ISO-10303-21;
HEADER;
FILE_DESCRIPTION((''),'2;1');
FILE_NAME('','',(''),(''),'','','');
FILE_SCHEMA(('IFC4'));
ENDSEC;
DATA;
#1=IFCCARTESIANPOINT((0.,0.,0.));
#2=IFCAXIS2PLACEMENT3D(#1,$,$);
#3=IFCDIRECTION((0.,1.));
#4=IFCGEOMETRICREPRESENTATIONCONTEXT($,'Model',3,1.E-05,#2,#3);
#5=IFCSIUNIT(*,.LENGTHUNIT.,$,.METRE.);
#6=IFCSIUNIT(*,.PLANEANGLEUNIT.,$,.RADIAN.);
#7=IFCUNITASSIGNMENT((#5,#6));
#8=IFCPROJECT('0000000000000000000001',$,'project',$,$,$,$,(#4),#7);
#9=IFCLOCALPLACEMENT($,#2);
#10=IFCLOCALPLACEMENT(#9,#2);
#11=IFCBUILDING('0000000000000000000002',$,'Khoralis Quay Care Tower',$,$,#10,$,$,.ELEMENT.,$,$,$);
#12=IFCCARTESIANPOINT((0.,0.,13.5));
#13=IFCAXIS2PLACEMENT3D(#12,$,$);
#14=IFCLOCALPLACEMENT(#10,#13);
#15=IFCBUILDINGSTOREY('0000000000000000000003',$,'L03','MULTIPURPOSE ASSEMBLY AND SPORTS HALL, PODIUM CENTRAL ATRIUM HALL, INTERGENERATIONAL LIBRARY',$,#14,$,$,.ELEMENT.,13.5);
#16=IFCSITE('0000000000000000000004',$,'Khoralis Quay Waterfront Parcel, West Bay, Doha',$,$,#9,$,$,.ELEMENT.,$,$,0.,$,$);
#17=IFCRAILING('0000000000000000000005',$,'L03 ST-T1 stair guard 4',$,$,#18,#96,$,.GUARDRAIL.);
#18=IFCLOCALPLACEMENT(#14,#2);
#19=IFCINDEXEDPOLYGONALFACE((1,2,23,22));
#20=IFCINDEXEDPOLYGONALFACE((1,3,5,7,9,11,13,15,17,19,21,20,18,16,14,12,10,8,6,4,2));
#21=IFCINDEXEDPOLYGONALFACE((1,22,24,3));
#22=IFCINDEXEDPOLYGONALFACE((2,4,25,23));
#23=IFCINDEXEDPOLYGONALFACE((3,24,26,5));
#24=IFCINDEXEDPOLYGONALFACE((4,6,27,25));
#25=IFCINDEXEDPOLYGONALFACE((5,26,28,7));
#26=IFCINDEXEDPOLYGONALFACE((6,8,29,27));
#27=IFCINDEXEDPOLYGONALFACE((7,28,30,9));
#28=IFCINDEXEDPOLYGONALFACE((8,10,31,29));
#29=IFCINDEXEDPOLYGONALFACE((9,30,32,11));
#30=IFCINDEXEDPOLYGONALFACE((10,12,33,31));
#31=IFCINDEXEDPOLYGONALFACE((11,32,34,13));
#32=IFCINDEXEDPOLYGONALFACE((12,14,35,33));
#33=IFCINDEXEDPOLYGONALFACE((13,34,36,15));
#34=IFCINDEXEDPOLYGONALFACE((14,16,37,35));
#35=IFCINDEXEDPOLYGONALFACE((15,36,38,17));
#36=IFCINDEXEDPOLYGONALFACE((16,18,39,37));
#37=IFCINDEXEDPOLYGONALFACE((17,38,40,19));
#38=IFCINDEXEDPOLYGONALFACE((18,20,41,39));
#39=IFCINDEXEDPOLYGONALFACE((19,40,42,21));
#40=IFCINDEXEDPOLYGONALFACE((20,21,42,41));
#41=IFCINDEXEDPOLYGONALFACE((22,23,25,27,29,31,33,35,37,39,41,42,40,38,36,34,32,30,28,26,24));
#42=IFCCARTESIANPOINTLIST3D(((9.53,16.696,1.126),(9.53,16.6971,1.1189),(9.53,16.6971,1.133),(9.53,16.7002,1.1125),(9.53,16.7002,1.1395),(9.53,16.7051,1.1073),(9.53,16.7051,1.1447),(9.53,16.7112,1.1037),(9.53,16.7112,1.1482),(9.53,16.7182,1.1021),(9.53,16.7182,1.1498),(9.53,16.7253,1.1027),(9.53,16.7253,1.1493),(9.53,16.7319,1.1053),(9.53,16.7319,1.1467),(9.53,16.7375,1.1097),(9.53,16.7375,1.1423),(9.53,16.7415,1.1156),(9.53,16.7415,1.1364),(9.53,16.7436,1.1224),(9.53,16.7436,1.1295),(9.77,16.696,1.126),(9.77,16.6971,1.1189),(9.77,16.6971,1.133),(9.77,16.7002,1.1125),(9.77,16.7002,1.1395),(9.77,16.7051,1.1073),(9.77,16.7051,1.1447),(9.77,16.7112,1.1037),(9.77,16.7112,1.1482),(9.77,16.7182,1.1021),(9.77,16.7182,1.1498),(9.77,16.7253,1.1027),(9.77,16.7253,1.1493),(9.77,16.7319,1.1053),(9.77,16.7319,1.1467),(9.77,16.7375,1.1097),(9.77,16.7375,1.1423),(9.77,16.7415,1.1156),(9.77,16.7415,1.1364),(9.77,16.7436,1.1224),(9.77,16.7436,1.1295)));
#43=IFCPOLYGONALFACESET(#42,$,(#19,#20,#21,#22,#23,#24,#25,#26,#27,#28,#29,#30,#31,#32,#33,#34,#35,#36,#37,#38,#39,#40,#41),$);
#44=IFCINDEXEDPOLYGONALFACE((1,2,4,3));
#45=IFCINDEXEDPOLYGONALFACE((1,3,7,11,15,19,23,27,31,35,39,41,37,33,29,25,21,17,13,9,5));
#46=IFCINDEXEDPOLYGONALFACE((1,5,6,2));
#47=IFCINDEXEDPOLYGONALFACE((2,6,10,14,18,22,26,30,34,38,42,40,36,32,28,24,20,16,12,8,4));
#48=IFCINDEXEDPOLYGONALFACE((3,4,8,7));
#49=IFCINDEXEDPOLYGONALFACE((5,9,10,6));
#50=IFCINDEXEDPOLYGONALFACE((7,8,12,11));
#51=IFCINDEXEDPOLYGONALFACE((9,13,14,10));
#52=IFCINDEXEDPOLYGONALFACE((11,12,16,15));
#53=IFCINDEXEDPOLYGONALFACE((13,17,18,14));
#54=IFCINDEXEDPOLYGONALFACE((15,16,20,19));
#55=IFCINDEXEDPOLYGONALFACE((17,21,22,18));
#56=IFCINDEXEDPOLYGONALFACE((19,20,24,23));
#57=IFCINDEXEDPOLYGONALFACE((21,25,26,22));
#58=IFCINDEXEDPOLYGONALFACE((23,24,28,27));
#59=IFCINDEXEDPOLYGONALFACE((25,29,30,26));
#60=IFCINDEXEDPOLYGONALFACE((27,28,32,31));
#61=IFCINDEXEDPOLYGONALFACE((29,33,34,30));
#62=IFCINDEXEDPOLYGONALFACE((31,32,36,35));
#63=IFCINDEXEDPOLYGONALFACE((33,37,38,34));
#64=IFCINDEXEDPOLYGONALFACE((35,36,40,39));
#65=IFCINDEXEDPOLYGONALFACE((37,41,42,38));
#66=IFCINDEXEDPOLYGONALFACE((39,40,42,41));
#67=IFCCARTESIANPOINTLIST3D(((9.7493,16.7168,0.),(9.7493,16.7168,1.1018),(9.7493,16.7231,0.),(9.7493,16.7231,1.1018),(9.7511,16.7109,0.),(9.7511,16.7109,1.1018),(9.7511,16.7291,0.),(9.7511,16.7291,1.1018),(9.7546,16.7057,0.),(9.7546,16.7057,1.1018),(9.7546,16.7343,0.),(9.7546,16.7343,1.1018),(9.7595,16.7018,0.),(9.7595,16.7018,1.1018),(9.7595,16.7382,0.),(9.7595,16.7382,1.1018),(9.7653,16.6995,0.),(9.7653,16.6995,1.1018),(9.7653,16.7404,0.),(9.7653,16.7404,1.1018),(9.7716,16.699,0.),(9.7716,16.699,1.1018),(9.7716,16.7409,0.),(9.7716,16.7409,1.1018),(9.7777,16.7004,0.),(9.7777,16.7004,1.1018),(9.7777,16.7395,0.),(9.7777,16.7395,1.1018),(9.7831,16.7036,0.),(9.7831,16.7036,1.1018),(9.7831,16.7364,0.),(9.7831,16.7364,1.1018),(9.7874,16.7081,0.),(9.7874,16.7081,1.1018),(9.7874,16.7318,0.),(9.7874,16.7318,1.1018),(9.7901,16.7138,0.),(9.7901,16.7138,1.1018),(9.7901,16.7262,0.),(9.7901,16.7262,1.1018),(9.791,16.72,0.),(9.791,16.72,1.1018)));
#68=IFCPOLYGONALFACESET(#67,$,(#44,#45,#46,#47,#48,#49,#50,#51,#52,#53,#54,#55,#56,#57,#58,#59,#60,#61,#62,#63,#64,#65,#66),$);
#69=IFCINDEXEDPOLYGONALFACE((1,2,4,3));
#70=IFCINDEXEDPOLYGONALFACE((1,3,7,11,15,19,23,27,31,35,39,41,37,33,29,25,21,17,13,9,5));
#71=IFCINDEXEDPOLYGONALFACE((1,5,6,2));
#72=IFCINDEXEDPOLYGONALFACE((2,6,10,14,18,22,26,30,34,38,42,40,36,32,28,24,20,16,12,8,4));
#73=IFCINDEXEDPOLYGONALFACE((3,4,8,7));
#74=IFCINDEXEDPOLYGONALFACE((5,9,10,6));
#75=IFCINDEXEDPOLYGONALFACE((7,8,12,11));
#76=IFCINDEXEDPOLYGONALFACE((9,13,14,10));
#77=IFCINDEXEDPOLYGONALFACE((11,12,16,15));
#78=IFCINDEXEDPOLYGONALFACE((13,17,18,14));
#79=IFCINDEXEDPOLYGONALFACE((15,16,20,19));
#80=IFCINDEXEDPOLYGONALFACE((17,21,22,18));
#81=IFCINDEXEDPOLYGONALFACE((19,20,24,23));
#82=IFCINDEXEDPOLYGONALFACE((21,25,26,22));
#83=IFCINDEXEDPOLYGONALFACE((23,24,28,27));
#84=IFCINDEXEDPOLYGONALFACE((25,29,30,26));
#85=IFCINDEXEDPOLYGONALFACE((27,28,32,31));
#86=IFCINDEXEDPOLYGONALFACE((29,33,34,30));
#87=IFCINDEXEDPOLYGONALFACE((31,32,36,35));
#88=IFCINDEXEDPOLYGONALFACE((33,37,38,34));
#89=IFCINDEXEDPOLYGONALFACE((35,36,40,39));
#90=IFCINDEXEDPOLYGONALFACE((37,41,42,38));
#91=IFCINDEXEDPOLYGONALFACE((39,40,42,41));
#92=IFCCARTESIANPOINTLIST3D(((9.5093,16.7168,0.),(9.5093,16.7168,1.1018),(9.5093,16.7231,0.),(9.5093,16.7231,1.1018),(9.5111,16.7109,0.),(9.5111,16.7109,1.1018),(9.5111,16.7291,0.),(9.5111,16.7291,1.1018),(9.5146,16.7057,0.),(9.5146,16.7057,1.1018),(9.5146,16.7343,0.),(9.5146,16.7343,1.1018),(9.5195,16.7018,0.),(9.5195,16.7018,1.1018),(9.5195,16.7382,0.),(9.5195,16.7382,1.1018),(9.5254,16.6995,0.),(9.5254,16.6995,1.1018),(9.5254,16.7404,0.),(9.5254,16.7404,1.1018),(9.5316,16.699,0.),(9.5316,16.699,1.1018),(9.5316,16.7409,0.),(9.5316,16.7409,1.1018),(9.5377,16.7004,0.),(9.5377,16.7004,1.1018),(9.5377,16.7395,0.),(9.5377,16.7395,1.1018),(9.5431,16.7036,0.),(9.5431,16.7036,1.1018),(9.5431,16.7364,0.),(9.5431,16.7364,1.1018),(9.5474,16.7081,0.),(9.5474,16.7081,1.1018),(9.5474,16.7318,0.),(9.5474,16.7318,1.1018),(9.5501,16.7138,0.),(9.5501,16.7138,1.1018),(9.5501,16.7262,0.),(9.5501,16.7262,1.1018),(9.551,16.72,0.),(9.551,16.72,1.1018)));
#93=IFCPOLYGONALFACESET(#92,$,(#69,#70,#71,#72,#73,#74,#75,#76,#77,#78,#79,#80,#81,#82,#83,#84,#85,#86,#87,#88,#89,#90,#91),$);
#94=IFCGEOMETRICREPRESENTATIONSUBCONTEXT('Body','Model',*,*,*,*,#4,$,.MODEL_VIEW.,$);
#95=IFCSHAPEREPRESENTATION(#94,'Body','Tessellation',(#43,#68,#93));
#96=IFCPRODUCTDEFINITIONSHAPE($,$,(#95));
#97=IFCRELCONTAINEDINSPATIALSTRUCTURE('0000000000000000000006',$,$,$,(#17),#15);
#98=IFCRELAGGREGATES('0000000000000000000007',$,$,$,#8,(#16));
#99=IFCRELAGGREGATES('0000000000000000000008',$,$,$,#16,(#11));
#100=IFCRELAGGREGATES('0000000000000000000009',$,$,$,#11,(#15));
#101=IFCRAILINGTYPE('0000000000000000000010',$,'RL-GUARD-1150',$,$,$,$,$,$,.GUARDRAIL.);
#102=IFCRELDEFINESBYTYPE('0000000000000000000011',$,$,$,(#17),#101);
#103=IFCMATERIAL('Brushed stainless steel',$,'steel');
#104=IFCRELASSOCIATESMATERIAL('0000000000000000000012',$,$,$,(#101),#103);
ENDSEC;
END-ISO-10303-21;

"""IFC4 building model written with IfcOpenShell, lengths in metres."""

from ifc_helpers import new_model, si_unit, direction, frame, origin, origin_2d, place, context, subcontext, project, spatial, circle, extrude, material, type_object, element, save


model = new_model("IFC4")

# Units and contexts
model_context = context("Model", 3, precision=1e-05, world=origin(), true_north=direction((0.0, 1.0)))
body_context = subcontext(model_context, "Body", "Model", "MODEL_VIEW")
ifc_project = project(units=[si_unit("LENGTHUNIT", "METRE"), si_unit("PLANEANGLEUNIT", "RADIAN")], contexts=[model_context])

# Site, building, storey
site_placement = place(None, origin())
site = spatial("IfcSite", under=ifc_project, at=site_placement, Name="Khoralis Quay Waterfront Parcel, West Bay, Doha", CompositionType="ELEMENT", RefElevation=0.0)
building_placement = place(site_placement, origin())
building = spatial("IfcBuilding", under=site, at=building_placement, Name="Khoralis Quay Care Tower", CompositionType="ELEMENT")
storey_placement = place(building_placement, frame((0.0, 0.0, 13.5)))
storey = spatial("IfcBuildingStorey", under=building, at=storey_placement, Name="L03", Description="MULTIPURPOSE ASSEMBLY AND SPORTS HALL, PODIUM CENTRAL ATRIUM HALL, INTERGENERATIONAL LIBRARY", CompositionType="ELEMENT", Elevation=13.5)

# Shared definitions
ifc_material_1 = material(Name="Brushed stainless steel", Category="steel")

# Railing
railing_type = type_object("IfcRailingType", Name="RL-GUARD-1150", PredefinedType="GUARDRAIL", material=ifc_material_1)
railing_placement = place(storey_placement, frame((9.77, 16.72, 0.0)))
element("IfcRailing", 1, at=railing_placement, inside=storey, type_object=railing_type, Name="L03 ST-T1 stair guard 4", PredefinedType="GUARDRAIL", context=body_context, shape_type="SweptSolid", body=[
    extrude(circle(Radius=0.0239, at=origin_2d()), frame((0.0, 0.0, 1.126), z_axis=(-1.0, 0.0, 0.0), x_axis=(0.0, -1.0, 0.0)), (0.0, 0.0, 1.0), 0.24),
    extrude(circle(Radius=0.021, at=origin_2d()), origin(), (0.0, 0.0, 1.0), 1.1018),
    extrude(circle(Radius=0.021, at=origin_2d()), frame((-0.24, 0.0, 0.0)), (0.0, 0.0, 1.0), 1.1018),
])

save(model, "model.ifc")
